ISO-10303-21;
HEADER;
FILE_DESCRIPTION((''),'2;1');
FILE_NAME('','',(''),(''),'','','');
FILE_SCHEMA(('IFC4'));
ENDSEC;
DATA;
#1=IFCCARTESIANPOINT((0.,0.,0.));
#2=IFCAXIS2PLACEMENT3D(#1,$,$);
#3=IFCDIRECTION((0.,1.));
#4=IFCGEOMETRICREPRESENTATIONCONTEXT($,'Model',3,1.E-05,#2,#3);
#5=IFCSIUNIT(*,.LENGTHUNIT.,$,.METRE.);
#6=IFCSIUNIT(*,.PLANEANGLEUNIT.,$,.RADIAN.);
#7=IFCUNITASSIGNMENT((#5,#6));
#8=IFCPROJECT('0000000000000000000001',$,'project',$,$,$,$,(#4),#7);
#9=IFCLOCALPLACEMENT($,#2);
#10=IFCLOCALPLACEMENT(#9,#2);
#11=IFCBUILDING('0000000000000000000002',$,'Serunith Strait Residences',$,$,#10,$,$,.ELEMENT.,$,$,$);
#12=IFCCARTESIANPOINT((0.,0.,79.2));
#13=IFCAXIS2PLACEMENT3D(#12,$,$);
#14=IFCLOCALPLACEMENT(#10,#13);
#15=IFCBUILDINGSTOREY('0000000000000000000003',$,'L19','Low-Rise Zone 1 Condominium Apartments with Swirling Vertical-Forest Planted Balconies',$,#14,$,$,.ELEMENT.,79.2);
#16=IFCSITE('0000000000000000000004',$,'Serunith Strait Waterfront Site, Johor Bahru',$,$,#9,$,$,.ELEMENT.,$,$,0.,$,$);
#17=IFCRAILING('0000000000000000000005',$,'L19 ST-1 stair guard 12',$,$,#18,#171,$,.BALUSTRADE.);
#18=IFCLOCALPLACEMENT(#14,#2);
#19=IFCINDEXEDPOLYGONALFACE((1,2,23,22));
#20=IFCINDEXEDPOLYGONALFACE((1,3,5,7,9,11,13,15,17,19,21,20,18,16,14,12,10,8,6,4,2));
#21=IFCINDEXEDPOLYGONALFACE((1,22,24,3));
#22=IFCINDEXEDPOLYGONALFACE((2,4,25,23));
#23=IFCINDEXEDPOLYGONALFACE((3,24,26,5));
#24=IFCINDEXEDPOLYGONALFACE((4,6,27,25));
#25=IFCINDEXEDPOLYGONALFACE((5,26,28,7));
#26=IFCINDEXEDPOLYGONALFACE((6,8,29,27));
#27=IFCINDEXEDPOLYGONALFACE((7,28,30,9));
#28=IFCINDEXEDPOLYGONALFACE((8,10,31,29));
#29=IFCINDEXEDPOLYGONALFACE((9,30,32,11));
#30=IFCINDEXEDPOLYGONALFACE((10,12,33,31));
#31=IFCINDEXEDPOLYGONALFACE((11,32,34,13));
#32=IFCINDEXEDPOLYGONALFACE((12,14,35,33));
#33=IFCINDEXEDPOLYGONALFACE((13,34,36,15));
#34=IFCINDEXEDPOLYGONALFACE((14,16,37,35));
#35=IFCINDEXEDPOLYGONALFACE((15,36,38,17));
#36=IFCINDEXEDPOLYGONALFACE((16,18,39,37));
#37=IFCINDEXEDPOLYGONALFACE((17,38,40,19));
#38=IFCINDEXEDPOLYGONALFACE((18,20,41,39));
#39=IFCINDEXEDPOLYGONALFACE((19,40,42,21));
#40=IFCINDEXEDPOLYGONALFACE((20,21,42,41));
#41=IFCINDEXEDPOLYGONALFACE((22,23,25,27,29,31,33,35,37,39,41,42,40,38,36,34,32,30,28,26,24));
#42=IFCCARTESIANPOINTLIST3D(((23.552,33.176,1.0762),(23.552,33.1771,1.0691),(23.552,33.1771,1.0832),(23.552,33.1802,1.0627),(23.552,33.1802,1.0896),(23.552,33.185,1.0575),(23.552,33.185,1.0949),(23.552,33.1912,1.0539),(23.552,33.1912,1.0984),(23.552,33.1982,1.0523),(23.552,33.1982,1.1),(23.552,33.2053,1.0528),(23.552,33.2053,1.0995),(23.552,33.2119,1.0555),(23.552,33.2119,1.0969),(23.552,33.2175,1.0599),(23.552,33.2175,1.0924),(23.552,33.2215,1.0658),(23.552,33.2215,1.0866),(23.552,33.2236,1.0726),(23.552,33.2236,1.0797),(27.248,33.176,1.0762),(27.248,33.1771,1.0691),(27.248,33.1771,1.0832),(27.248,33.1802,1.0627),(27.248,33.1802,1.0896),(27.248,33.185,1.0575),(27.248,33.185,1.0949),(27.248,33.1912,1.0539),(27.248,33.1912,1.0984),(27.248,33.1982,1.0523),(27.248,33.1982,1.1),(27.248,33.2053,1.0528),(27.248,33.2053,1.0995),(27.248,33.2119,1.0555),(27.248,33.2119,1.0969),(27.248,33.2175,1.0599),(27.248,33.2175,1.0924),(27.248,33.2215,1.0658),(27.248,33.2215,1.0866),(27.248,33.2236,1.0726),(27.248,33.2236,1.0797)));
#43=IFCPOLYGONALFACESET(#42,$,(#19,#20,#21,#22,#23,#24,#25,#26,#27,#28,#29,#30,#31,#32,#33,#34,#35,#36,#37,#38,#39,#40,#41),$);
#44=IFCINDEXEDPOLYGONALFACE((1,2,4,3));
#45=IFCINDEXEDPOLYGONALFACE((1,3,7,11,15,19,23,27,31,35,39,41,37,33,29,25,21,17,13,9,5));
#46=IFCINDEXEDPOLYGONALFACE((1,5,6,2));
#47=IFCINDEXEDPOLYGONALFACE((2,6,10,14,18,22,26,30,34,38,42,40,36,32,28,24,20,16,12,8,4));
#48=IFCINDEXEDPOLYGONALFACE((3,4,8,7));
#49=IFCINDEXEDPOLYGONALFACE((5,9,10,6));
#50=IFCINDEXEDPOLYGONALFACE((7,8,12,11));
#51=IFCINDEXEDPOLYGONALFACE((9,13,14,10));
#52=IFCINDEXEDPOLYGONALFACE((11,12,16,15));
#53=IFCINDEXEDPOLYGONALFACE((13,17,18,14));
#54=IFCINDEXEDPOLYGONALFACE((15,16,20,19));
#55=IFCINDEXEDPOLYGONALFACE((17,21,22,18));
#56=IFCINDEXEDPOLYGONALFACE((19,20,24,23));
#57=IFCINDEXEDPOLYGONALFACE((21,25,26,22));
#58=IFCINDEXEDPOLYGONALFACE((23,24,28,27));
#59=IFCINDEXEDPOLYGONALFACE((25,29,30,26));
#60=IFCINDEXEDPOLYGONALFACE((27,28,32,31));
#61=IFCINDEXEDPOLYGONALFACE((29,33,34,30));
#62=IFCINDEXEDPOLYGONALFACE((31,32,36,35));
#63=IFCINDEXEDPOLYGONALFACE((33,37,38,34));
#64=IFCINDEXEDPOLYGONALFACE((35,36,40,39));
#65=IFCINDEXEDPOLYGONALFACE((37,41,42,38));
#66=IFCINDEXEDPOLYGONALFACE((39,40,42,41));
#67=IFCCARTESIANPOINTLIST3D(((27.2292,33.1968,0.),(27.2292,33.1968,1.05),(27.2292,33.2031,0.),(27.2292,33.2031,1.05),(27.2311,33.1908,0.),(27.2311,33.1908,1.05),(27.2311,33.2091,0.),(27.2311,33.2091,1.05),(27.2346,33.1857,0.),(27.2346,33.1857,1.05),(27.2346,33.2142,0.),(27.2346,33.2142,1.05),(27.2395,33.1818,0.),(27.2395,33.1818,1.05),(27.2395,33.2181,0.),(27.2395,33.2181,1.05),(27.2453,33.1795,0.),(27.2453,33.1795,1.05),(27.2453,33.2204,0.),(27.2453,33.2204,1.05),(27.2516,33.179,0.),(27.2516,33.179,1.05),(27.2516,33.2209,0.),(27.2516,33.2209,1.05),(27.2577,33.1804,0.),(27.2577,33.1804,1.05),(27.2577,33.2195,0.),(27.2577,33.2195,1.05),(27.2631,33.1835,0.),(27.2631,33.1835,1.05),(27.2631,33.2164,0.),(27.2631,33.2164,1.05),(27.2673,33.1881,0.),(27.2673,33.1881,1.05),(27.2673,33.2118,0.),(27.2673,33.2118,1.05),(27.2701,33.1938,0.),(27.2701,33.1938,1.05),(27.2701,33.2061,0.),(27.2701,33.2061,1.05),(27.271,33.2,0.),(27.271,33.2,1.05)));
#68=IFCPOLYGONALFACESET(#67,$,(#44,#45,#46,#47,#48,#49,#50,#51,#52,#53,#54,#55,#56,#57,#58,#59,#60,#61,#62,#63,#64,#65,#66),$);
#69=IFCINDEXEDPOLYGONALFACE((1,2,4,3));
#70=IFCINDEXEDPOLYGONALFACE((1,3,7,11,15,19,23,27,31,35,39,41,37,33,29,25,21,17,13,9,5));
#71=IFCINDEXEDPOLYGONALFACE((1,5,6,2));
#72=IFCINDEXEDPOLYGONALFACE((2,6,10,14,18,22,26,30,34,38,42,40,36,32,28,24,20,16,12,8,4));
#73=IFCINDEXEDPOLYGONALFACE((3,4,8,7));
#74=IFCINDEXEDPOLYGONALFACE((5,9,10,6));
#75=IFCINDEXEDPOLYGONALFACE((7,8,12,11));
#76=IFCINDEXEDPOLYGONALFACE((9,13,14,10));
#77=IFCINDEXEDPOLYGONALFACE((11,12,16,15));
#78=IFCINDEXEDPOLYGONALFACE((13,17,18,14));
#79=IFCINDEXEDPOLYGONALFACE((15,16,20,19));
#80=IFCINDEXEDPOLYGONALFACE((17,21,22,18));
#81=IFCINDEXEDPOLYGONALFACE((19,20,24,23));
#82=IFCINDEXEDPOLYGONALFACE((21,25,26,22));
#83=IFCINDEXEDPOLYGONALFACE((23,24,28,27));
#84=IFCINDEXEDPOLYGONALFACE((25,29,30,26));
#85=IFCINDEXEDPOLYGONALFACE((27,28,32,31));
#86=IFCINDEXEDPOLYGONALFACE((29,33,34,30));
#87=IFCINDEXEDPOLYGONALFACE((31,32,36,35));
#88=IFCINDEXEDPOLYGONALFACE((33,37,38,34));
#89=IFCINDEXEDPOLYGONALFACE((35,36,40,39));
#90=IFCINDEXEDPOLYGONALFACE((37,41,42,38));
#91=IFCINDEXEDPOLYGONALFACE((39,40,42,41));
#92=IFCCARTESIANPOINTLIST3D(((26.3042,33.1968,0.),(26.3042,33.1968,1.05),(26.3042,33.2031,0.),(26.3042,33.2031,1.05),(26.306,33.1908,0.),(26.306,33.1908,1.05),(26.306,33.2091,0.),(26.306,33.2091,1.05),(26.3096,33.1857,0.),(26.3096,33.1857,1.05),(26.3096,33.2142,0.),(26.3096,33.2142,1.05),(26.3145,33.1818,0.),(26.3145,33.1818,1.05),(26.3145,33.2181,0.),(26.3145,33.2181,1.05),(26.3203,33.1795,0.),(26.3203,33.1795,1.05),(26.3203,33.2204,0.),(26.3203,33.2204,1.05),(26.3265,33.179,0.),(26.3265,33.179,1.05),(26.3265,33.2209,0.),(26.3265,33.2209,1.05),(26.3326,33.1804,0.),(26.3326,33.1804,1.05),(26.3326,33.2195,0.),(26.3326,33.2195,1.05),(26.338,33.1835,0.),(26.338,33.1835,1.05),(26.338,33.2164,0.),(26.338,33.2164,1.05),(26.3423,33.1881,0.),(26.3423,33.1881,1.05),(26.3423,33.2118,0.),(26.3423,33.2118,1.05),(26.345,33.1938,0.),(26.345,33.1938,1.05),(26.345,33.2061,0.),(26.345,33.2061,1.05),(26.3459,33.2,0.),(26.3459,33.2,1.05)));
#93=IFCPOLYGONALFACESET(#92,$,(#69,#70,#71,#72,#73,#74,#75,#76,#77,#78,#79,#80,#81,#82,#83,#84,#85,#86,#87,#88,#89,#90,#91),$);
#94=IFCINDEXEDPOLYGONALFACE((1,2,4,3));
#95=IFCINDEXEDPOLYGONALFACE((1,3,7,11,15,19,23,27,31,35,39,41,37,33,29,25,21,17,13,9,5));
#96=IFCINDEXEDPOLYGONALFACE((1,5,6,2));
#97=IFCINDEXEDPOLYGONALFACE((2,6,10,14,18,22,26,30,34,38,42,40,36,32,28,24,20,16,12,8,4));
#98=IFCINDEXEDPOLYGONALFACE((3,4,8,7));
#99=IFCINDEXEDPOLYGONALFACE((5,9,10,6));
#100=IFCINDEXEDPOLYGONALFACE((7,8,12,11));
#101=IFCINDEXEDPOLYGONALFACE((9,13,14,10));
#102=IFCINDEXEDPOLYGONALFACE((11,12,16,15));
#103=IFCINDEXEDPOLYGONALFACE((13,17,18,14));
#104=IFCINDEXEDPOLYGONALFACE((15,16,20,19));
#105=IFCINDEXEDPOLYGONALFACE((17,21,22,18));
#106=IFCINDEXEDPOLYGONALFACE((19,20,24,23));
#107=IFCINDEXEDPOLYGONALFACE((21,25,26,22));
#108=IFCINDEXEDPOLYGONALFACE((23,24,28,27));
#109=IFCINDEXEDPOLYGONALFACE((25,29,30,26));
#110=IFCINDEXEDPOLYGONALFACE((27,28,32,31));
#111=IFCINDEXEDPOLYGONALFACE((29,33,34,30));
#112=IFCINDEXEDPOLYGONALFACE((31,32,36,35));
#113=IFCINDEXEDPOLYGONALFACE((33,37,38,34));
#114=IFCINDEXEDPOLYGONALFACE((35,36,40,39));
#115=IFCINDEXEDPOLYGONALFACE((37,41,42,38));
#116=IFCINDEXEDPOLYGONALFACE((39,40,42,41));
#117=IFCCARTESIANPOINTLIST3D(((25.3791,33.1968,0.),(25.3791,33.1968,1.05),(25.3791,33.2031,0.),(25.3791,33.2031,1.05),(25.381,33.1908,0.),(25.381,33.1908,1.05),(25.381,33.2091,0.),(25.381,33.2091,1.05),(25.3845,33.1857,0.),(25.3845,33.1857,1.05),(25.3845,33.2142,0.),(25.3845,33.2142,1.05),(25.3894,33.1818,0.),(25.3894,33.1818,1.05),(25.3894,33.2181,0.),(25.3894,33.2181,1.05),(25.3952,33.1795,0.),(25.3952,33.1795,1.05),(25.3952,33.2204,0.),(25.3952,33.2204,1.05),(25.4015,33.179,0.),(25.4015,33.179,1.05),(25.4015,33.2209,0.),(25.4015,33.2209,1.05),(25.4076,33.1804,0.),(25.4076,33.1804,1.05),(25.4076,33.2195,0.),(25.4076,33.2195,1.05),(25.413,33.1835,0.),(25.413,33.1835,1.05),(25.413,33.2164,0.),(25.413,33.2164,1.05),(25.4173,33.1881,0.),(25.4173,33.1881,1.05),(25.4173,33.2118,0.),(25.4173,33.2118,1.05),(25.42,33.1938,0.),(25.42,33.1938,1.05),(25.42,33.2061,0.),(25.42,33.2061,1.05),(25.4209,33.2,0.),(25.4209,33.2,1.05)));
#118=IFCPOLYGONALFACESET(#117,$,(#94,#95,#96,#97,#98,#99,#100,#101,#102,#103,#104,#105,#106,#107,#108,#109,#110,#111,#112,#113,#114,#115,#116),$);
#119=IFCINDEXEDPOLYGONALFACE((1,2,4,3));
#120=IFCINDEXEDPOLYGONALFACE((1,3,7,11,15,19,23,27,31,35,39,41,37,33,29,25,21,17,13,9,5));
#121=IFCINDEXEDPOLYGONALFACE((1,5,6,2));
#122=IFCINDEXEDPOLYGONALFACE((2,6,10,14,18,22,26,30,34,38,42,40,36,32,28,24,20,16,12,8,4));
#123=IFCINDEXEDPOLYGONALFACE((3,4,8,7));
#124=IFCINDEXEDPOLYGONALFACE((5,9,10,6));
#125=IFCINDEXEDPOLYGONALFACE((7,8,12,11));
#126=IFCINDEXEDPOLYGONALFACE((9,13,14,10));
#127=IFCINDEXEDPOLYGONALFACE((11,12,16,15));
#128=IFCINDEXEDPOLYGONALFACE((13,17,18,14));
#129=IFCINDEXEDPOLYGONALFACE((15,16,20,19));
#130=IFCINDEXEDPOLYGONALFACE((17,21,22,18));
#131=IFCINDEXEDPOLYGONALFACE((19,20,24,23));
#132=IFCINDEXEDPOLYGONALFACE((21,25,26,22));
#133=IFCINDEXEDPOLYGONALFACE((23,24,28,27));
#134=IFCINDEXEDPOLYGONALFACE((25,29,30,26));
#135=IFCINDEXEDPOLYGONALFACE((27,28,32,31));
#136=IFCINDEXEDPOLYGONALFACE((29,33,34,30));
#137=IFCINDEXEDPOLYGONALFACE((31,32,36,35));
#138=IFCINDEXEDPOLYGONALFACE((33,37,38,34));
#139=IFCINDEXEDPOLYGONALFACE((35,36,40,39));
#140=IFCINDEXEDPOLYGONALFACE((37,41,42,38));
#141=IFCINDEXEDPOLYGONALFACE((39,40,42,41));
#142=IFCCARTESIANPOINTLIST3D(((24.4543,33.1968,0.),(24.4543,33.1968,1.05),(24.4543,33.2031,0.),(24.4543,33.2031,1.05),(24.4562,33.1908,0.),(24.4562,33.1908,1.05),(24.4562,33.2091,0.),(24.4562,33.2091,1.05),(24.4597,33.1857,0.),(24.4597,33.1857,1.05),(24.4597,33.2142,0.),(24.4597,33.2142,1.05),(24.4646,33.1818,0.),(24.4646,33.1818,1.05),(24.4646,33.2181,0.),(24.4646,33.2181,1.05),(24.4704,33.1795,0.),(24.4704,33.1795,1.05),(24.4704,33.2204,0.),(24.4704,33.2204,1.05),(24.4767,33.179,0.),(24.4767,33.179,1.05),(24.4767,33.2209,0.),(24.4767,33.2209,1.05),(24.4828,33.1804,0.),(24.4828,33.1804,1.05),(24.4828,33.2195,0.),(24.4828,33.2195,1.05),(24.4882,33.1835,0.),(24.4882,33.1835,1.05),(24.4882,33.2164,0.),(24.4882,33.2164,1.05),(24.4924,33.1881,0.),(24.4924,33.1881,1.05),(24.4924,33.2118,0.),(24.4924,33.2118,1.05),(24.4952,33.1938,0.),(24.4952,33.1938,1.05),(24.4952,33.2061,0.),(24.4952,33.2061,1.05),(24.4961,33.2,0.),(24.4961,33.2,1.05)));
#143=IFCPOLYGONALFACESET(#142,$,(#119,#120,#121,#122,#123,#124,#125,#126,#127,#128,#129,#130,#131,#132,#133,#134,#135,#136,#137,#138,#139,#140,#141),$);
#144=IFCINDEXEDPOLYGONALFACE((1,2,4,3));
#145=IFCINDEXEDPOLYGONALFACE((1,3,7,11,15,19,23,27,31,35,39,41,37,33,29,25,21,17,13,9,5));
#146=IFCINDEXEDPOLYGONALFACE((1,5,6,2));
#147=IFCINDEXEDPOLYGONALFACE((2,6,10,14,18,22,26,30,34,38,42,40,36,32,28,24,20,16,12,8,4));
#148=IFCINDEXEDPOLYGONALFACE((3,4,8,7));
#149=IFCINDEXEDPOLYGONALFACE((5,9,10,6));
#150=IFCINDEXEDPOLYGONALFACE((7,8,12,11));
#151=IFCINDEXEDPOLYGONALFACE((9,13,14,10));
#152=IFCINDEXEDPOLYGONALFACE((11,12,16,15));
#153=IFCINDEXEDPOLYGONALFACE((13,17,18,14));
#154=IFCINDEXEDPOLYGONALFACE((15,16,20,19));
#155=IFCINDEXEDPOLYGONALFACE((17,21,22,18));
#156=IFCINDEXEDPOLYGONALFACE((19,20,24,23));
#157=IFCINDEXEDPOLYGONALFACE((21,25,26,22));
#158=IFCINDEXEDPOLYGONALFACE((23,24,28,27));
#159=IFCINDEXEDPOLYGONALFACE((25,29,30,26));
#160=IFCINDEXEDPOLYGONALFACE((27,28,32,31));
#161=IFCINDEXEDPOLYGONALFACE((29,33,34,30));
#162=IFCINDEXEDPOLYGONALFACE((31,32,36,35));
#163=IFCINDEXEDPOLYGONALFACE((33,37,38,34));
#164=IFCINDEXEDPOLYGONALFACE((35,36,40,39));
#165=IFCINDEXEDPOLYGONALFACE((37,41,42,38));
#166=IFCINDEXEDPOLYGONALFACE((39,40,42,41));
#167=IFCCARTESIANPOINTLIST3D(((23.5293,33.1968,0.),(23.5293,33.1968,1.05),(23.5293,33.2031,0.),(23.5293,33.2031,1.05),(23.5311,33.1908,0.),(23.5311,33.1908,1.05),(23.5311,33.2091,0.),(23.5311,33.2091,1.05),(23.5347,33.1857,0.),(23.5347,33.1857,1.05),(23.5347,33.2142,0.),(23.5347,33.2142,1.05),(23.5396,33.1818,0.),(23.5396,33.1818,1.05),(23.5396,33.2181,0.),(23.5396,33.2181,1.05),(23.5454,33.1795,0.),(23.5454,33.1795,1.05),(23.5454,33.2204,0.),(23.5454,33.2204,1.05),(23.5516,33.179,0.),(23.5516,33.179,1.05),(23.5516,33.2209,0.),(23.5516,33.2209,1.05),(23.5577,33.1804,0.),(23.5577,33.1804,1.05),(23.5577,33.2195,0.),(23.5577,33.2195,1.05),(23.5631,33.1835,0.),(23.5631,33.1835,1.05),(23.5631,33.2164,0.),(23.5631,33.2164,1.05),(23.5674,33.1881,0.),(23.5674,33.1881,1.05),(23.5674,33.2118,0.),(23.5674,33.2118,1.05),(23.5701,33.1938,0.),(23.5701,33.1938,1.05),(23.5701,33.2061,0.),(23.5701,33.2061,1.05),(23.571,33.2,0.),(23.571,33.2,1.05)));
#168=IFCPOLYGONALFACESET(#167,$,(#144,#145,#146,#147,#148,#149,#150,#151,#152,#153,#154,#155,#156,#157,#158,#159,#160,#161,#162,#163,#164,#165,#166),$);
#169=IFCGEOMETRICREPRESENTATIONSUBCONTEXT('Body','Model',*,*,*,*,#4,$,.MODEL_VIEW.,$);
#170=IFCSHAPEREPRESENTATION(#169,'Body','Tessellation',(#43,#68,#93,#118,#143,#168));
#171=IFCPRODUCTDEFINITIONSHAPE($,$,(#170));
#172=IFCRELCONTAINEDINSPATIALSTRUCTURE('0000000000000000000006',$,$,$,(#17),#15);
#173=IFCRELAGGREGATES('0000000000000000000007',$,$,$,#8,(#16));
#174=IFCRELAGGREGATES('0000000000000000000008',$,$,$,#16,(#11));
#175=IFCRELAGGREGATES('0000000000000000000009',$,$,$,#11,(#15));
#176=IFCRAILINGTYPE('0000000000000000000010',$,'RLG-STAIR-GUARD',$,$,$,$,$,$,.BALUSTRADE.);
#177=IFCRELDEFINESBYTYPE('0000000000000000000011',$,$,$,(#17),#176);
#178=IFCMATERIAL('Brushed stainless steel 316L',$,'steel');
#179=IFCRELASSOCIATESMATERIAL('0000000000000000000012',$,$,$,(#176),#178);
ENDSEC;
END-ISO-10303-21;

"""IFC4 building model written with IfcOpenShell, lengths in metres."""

from ifc_helpers import new_model, si_unit, direction, frame, origin, origin_2d, place, context, subcontext, project, spatial, circle, extrude, material, type_object, element, save


model = new_model("IFC4")

# Units and contexts
model_context = context("Model", 3, precision=1e-05, world=origin(), true_north=direction((0.0, 1.0)))
body_context = subcontext(model_context, "Body", "Model", "MODEL_VIEW")
ifc_project = project(units=[si_unit("LENGTHUNIT", "METRE"), si_unit("PLANEANGLEUNIT", "RADIAN")], contexts=[model_context])

# Site, building, storey
site_placement = place(None, origin())
site = spatial("IfcSite", under=ifc_project, at=site_placement, Name="Serunith Strait Waterfront Site, Johor Bahru", CompositionType="ELEMENT", RefElevation=0.0)
building_placement = place(site_placement, origin())
building = spatial("IfcBuilding", under=site, at=building_placement, Name="Serunith Strait Residences", CompositionType="ELEMENT")
storey_placement = place(building_placement, frame((0.0, 0.0, 79.2)))
storey = spatial("IfcBuildingStorey", under=building, at=storey_placement, Name="L19", Description="Low-Rise Zone 1 Condominium Apartments with Swirling Vertical-Forest Planted Balconies", CompositionType="ELEMENT", Elevation=79.2)

# Railing
ifc_material_1 = material(Name="Brushed stainless steel 316L", Category="steel")
railing_type_1 = type_object("IfcRailingType", Name="RLG-STAIR-GUARD", PredefinedType="BALUSTRADE", material=ifc_material_1)
railing_1_placement = place(storey_placement, frame((27.25, 33.2, 0.0)))
element("IfcRailing", 1, at=railing_1_placement, inside=storey, type_object=railing_type_1, Name="L19 ST-1 stair guard 12", PredefinedType="BALUSTRADE", context=body_context, shape_type="SweptSolid", body=[
    extrude(circle(Radius=0.0239, at=origin_2d()), frame((-0.002, 0.0, 1.0762), z_axis=(-1.0, 0.0, 0.0), x_axis=(0.0, -1.0, 0.0)), (0.0, 0.0, 1.0), 3.696),
    extrude(circle(Radius=0.021, at=origin_2d()), origin(), (0.0, 0.0, 1.0), 1.05),
    extrude(circle(Radius=0.021, at=origin_2d()), frame((-0.925, 0.0, 0.0)), (0.0, 0.0, 1.0), 1.05),
    extrude(circle(Radius=0.021, at=origin_2d()), frame((-1.8501, 0.0, 0.0)), (0.0, 0.0, 1.0), 1.05),
    extrude(circle(Radius=0.021, at=origin_2d()), frame((-2.7749, 0.0, 0.0)), (0.0, 0.0, 1.0), 1.05),
    extrude(circle(Radius=0.021, at=origin_2d()), frame((-3.7, 0.0, 0.0)), (0.0, 0.0, 1.0), 1.05),
])

save(model, "model.ifc")
